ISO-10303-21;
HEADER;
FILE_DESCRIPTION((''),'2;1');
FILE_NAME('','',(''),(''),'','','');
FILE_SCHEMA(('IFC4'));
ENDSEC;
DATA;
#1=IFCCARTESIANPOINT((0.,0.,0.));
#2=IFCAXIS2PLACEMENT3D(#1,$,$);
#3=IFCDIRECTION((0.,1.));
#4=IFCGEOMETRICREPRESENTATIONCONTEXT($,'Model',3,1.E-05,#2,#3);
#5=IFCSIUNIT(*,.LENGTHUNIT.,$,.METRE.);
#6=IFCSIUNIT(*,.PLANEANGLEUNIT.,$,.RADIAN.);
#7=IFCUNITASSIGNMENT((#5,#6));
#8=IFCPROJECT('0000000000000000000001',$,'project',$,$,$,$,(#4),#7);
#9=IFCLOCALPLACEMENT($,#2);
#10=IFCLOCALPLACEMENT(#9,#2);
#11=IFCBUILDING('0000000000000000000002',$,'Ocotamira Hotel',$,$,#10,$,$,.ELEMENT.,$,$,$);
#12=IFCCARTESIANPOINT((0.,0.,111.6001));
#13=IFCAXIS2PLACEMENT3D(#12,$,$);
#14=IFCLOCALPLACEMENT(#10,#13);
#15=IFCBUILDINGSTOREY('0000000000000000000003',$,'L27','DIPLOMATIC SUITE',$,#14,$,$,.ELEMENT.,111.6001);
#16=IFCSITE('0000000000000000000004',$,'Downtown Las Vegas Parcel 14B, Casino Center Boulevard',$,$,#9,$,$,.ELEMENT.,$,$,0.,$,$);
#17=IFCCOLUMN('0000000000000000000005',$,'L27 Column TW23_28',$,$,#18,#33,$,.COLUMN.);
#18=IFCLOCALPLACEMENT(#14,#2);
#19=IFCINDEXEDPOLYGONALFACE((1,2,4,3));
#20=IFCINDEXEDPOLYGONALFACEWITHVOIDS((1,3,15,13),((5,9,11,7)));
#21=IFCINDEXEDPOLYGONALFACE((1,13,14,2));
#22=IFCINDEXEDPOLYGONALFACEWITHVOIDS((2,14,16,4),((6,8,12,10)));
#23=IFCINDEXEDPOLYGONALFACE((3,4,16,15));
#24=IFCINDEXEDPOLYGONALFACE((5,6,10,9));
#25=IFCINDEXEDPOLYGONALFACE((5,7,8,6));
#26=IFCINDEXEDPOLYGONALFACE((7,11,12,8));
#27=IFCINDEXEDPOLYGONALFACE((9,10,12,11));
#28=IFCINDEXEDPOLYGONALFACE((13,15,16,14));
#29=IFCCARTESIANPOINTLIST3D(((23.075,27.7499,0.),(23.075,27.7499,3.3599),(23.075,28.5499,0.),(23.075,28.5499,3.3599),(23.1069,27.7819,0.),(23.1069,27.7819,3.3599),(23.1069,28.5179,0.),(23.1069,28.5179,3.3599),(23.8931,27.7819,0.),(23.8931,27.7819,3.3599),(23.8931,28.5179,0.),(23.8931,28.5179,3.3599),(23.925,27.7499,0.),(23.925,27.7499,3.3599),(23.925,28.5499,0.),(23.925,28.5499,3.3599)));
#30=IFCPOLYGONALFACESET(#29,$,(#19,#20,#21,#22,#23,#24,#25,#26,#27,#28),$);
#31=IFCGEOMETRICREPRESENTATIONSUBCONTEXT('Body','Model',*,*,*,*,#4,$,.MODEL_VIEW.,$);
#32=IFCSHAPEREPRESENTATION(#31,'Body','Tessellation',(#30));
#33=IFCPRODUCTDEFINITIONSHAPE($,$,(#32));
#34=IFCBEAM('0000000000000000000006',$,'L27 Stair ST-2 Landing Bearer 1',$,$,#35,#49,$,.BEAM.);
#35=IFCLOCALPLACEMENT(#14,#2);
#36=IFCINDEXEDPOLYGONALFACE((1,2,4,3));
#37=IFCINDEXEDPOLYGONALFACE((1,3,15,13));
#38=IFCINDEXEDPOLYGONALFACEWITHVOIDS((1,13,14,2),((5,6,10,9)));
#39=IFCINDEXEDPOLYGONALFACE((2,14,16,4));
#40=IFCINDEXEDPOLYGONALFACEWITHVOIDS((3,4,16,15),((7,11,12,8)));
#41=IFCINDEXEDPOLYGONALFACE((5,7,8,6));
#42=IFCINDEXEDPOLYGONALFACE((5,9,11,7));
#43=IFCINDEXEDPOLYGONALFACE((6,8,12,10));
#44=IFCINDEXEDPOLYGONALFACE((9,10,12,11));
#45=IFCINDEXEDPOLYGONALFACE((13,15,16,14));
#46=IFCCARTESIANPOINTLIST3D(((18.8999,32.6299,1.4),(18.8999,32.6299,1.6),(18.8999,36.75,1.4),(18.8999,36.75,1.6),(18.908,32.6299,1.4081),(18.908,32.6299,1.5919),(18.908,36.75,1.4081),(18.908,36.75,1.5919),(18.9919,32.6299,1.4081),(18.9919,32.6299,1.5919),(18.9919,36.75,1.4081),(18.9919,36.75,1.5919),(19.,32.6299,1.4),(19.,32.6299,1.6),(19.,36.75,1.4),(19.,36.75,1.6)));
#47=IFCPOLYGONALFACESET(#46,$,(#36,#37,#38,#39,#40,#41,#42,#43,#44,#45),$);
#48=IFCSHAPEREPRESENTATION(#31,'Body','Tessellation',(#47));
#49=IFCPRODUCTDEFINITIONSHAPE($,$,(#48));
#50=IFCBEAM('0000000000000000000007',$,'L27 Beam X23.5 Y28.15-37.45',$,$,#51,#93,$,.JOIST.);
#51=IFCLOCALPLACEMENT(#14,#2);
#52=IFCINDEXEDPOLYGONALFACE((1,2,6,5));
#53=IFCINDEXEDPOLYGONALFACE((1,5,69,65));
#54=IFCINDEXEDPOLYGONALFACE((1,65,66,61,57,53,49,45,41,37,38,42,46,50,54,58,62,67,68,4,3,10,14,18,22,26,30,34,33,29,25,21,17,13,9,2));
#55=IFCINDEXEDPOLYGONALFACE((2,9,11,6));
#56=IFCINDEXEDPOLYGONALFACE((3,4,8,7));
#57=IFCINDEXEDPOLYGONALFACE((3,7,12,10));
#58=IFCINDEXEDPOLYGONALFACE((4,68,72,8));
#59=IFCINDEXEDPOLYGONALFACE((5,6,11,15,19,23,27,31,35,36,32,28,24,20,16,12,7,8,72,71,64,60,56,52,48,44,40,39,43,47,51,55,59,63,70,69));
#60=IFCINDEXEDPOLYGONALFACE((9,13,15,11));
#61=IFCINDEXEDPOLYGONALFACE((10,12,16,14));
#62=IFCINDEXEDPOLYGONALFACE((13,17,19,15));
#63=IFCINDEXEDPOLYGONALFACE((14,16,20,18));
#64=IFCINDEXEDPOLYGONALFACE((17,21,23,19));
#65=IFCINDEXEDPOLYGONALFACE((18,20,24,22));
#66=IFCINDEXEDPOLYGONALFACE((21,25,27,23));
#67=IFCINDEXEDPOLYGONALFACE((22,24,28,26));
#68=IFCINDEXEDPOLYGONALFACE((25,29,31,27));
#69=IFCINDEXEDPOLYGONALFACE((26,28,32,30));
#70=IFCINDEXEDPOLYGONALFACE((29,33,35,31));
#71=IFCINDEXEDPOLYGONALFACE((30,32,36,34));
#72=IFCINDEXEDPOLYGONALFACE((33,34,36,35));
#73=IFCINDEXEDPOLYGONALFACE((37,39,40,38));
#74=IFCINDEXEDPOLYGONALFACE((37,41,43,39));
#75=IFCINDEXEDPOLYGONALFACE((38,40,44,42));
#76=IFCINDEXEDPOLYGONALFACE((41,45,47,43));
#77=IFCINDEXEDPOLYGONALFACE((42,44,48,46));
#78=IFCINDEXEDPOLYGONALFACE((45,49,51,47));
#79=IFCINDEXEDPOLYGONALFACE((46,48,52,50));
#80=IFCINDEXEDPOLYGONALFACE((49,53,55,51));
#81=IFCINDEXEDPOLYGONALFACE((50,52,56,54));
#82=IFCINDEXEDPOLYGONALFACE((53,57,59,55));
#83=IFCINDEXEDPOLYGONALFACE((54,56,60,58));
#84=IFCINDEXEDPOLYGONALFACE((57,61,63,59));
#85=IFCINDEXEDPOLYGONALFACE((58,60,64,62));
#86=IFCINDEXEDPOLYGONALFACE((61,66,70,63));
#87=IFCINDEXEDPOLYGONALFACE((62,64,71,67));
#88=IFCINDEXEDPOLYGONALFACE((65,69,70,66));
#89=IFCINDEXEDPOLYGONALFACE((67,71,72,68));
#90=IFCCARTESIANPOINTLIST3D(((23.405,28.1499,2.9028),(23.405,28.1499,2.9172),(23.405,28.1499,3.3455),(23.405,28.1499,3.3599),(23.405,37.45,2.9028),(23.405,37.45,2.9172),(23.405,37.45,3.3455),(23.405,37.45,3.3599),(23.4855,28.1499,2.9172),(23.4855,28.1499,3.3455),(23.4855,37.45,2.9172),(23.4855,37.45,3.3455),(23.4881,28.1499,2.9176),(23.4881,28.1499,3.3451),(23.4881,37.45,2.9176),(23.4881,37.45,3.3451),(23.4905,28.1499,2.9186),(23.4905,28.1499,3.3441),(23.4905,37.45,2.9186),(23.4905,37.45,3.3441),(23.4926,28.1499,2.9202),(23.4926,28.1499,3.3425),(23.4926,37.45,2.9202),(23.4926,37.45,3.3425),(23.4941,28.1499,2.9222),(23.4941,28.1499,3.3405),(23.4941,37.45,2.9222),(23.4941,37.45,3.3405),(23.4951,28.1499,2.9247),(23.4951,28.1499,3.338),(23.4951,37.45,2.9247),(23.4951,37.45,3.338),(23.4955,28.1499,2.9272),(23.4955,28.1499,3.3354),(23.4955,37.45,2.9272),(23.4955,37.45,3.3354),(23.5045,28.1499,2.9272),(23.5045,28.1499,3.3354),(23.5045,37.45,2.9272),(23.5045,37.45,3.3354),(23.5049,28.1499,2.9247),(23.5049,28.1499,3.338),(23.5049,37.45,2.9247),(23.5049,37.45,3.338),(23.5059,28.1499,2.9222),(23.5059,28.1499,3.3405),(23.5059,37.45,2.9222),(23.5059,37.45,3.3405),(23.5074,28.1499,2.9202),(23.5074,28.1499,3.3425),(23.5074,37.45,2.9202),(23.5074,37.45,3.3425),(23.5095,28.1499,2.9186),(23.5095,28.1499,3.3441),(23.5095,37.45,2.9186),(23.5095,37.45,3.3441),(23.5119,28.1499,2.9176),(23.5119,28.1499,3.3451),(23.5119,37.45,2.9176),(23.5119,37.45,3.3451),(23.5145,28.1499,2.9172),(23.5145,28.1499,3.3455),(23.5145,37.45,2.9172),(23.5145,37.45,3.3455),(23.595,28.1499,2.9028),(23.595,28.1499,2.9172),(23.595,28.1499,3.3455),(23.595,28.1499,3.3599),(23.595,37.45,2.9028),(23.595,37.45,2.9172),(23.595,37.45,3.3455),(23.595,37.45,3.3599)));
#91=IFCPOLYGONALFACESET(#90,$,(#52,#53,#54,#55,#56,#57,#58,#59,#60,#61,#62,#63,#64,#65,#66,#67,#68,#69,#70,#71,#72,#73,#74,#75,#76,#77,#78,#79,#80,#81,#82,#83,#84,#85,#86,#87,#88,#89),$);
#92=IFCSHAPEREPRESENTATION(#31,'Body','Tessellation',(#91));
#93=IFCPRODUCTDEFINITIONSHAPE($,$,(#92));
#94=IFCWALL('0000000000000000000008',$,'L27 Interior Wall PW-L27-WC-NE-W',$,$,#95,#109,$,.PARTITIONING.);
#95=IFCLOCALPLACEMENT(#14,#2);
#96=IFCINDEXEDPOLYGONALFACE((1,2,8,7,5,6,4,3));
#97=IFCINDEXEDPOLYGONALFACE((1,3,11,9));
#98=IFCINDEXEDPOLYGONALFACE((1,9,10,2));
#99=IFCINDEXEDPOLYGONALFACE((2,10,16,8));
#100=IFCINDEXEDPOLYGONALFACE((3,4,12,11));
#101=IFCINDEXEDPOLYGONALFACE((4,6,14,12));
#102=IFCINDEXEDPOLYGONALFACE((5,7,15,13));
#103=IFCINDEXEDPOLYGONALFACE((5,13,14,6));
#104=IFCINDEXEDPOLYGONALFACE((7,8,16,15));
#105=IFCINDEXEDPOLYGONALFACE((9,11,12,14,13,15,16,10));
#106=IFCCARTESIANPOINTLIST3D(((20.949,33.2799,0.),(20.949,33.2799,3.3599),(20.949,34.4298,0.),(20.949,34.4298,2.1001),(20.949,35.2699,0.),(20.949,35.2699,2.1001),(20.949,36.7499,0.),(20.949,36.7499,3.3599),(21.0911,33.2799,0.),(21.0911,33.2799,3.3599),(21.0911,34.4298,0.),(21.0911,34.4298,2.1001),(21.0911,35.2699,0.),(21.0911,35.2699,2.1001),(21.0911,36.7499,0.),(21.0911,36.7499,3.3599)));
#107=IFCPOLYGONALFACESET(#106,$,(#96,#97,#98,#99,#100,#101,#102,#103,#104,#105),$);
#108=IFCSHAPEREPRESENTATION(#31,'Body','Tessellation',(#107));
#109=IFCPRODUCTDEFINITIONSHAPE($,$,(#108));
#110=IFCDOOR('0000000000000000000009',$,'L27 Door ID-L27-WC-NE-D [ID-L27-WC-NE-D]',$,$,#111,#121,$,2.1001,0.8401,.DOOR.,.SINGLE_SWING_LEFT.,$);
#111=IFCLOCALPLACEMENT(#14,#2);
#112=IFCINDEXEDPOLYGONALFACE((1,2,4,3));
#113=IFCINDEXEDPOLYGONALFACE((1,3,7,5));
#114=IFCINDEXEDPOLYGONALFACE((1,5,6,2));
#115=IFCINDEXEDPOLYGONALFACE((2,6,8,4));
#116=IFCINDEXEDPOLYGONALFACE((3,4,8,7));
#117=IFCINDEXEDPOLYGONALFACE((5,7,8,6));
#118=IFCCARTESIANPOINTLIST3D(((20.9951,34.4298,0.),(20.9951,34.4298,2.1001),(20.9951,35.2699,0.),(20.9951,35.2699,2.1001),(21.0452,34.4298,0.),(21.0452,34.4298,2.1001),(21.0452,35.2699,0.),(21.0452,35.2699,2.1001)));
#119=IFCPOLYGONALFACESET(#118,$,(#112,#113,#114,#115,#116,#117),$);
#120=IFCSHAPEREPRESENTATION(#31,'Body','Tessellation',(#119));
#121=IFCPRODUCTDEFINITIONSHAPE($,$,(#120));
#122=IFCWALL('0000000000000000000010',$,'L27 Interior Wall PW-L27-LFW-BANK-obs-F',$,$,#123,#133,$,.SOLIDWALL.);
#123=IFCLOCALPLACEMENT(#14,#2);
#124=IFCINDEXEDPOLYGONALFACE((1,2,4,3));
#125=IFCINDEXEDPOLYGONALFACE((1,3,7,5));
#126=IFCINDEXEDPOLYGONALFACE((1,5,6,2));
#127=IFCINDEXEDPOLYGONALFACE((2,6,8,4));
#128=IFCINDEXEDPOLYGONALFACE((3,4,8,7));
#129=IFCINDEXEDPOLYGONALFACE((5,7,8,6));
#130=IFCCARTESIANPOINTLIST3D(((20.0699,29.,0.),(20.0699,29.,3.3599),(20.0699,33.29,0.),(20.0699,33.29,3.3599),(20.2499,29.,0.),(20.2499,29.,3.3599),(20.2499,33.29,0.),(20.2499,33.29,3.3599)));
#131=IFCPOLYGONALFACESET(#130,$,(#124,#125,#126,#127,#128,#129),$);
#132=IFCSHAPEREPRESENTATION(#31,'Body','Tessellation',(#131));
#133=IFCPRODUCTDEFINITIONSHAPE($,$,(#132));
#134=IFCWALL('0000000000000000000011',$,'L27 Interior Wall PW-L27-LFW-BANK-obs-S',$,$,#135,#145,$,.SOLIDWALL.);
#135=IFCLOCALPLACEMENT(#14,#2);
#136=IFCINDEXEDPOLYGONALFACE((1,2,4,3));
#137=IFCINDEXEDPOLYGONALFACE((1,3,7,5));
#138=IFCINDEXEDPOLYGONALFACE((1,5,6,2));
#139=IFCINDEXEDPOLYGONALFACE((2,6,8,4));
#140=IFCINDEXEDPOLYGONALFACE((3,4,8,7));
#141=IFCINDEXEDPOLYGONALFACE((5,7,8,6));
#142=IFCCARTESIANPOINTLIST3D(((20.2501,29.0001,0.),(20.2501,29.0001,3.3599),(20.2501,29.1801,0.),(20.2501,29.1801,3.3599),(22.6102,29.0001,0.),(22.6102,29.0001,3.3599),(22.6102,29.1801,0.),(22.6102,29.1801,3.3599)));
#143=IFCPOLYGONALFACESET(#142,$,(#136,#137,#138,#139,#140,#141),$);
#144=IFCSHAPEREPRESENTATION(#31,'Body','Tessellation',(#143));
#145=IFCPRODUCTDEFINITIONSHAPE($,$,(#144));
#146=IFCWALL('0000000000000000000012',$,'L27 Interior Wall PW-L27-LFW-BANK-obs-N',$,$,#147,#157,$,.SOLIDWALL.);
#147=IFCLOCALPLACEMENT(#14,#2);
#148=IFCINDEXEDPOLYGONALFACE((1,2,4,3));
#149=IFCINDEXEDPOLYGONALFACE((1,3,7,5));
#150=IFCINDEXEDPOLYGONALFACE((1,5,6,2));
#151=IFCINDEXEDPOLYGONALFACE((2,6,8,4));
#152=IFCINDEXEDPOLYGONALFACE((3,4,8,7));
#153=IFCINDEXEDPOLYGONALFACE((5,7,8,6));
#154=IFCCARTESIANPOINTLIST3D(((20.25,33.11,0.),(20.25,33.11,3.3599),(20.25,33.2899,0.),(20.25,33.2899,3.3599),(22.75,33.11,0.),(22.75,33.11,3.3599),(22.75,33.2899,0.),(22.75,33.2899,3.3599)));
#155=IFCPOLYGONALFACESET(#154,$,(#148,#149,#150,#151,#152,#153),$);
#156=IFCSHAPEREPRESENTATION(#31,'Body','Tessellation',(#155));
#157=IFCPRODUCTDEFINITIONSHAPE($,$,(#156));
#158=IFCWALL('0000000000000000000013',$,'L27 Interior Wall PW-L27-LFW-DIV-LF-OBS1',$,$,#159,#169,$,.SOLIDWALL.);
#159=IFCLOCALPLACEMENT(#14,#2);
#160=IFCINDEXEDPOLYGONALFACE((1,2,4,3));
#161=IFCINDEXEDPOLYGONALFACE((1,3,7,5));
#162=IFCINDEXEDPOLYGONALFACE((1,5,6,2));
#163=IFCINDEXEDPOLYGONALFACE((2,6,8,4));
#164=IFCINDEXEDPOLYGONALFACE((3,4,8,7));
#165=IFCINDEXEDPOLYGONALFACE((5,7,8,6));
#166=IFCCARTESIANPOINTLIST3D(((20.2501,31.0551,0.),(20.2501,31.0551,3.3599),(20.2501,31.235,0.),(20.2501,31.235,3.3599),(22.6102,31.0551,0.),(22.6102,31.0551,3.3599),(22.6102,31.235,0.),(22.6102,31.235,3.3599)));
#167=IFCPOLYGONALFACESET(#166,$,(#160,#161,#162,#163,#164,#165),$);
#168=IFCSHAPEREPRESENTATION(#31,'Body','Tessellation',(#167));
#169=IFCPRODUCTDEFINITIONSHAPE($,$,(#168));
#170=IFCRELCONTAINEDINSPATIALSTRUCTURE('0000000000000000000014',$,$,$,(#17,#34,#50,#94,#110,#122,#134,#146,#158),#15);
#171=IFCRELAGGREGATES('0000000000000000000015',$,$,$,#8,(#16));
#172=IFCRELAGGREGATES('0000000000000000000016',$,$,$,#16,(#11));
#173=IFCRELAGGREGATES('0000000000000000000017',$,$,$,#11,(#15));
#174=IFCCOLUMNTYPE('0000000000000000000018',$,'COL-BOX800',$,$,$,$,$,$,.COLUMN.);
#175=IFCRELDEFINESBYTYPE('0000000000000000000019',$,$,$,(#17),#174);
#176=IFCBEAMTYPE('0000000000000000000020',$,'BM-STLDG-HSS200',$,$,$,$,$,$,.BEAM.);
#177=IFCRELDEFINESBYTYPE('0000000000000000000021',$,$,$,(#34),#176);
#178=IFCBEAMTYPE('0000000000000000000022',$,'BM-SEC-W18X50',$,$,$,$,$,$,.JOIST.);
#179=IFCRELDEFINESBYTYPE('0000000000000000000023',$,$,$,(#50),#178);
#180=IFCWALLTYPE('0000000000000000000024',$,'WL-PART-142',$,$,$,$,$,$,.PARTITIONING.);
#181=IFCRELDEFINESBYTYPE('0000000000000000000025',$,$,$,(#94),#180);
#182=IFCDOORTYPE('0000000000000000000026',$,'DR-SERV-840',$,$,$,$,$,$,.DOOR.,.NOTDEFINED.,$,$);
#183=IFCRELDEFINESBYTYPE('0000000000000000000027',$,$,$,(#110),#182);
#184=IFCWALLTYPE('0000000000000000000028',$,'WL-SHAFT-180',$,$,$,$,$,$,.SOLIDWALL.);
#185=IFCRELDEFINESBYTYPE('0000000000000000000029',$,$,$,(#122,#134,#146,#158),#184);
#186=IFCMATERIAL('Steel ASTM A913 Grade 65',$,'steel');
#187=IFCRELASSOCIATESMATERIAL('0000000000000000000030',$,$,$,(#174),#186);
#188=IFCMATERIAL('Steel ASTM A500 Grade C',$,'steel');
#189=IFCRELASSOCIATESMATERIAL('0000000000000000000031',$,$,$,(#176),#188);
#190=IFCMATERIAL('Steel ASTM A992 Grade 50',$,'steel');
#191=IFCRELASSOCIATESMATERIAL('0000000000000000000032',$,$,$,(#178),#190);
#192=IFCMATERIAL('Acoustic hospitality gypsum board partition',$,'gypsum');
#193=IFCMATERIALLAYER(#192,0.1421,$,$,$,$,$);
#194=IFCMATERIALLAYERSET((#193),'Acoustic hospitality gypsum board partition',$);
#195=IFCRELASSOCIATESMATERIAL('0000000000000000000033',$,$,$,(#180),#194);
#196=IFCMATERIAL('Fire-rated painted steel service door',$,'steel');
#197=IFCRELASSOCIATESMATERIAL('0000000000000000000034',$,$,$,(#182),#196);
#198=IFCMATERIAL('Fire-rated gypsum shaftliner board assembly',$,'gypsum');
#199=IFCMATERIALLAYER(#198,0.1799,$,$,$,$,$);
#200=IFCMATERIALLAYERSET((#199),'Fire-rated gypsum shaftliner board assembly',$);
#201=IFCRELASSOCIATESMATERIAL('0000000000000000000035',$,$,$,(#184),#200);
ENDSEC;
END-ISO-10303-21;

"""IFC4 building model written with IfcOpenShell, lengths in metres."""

from ifc_helpers import new_model, si_unit, direction, frame, frame_2d, origin, origin_2d, place, context, subcontext, project, spatial, rectangle, hollow_rectangle, i_section, extrude, source, transform, mapped, material, layer, layer_set, material_profile, profile_set, type_object, element, fill, save


model = new_model("IFC4")

# Units and contexts
model_context = context("Model", 3, precision=1e-05, world=origin(), true_north=direction((0.0, 1.0)))
body_context = subcontext(model_context, "Body", "Model", "MODEL_VIEW")
ifc_project = project(units=[si_unit("LENGTHUNIT", "METRE"), si_unit("PLANEANGLEUNIT", "RADIAN")], contexts=[model_context])

# Site, building, storey
site_placement = place(None, origin())
site = spatial("IfcSite", under=ifc_project, at=site_placement, Name="Downtown Las Vegas Parcel 14B, Casino Center Boulevard", CompositionType="ELEMENT", RefElevation=0.0)
building_placement = place(site_placement, origin())
building = spatial("IfcBuilding", under=site, at=building_placement, Name="Ocotamira Hotel", CompositionType="ELEMENT")
storey_placement = place(building_placement, frame((0.0, 0.0, 111.6001)))
storey = spatial("IfcBuildingStorey", under=building, at=storey_placement, Name="L27", Description="DIPLOMATIC SUITE", CompositionType="ELEMENT", Elevation=111.6001)

# Column
ifc_material_1 = material(Name="Steel ASTM A913 Grade 65", Category="steel")
ifc_material_profile_1 = material_profile(ifc_material_1, hollow_rectangle(XDim=0.8501, YDim=0.8, WallThickness=0.032, at=origin_2d()), Name="BOX800X850X32")
ifc_profile_set_1 = profile_set([ifc_material_profile_1], Name="Steel ASTM A913 Grade 65")
column_type = type_object("IfcColumnType", Name="COL-BOX800", PredefinedType="COLUMN", material=ifc_profile_set_1)
shared_shape_1 = source(origin(), body_context, "Body", "SweptSolid", [
    extrude(hollow_rectangle(XDim=0.8501, YDim=0.8, WallThickness=0.032, at=origin_2d()), origin(), (0.0, 0.0, 1.0), 3.3599),
])
column_placement = place(storey_placement, frame((23.5, 28.1499, 0.0), z_axis=(0.0, 0.0, 1.0), x_axis=(1.0, 0.0, 0.0)))
element("IfcColumn", 1, at=column_placement, inside=storey, type_object=column_type, Name="L27 Column TW23_28", PredefinedType="COLUMN", context=body_context, shape_type="MappedRepresentation", body=[
    mapped(shared_shape_1, transform((0.0, 0.0, 0.0), scale=1.0)),
])

# Beams
ifc_material_2 = material(Name="Steel ASTM A500 Grade C", Category="steel")
ifc_material_profile_2 = material_profile(ifc_material_2, hollow_rectangle(XDim=0.1001, YDim=0.2, WallThickness=0.0081, at=origin_2d()), Name="HSS200X100X8")
ifc_profile_set_2 = profile_set([ifc_material_profile_2], Name="Steel ASTM A500 Grade C")
beam_type_1 = type_object("IfcBeamType", Name="BM-STLDG-HSS200", PredefinedType="BEAM", material=ifc_profile_set_2)
shared_shape_2 = source(origin(), body_context, "Body", "SweptSolid", [
    extrude(hollow_rectangle(XDim=0.1001, YDim=0.2, WallThickness=0.0081, at=origin_2d()), origin(), (0.0, 0.0, 1.0), 4.1201),
])
beam_1_placement = place(storey_placement, frame((18.95, 32.6299, 1.5), z_axis=(0.0, 1.0, 0.0), x_axis=(-1.0, 0.0, 0.0)))
element("IfcBeam", 2, at=beam_1_placement, inside=storey, type_object=beam_type_1, Name="L27 Stair ST-2 Landing Bearer 1", PredefinedType="BEAM", context=body_context, shape_type="MappedRepresentation", body=[
    mapped(shared_shape_2, transform((0.0, 0.0, 0.0), scale=1.0)),
])
ifc_material_3 = material(Name="Steel ASTM A992 Grade 50", Category="steel")
ifc_material_profile_3 = material_profile(ifc_material_3, i_section(OverallWidth=0.1899, OverallDepth=0.457, WebThickness=0.009, FlangeThickness=0.0144, FilletRadius=0.01, at=origin_2d()), Name="W18X50")
ifc_profile_set_3 = profile_set([ifc_material_profile_3], Name="Steel ASTM A992 Grade 50")
beam_type_2 = type_object("IfcBeamType", Name="BM-SEC-W18X50", PredefinedType="JOIST", material=ifc_profile_set_3)
shared_shape_3 = source(origin(), body_context, "Body", "SweptSolid", [
    extrude(i_section(OverallWidth=0.1899, OverallDepth=0.457, WebThickness=0.009, FlangeThickness=0.0144, FilletRadius=0.01, at=origin_2d()), origin(), (0.0, 0.0, 1.0), 9.3),
])
beam_2_placement = place(storey_placement, frame((23.5, 28.1499, 3.1313), z_axis=(0.0, 1.0, 0.0), x_axis=(-1.0, 0.0, 0.0)))
element("IfcBeam", 3, at=beam_2_placement, inside=storey, type_object=beam_type_2, Name="L27 Beam X23.5 Y28.15-37.45", PredefinedType="JOIST", context=body_context, shape_type="MappedRepresentation", body=[
    mapped(shared_shape_3, transform((0.0, 0.0, 0.0), scale=1.0)),
])

# Wall, opening, door
ifc_material_4 = material(Name="Acoustic hospitality gypsum board partition", Category="gypsum")
ifc_layer_1 = layer(ifc_material_4, 0.1421)
ifc_layer_set_1 = layer_set([ifc_layer_1], Name="Acoustic hospitality gypsum board partition")
wall_type_1 = type_object("IfcWallType", Name="WL-PART-142", PredefinedType="PARTITIONING", material=ifc_layer_set_1)
wall_1_placement = place(storey_placement, frame((21.02, 33.28, 0.0), z_axis=(0.0, 0.0, 1.0), x_axis=(0.0, 1.0, 0.0)))
wall_1 = element("IfcWall", 4, at=wall_1_placement, inside=storey, type_object=wall_type_1, Name="L27 Interior Wall PW-L27-WC-NE-W", PredefinedType="PARTITIONING", context=body_context, shape_type="SweptSolid", body=[
    extrude(rectangle(XDim=3.47, YDim=0.1421, at=frame_2d((1.7349, 0.0))), origin(), (0.0, 0.0, 1.0), 3.3599),
])
opening_1_placement = place(wall_1_placement, frame((1.1499, 0.0, 0.0)))
opening_1 = element("IfcOpeningElement", 5, at=opening_1_placement, cuts=wall_1, PredefinedType="OPENING", context=body_context, shape_type="SweptSolid", body=[
    extrude(rectangle(XDim=0.8401, YDim=2.1001, at=frame_2d((0.4199, 1.05))), frame((0.0, 0.0811, 0.0), z_axis=(0.0, -1.0, 0.0), x_axis=(1.0, 0.0, 0.0)), (0.0, 0.0, 1.0), 0.1621),
])
ifc_material_5 = material(Name="Fire-rated painted steel service door", Category="steel")
door_type_1 = type_object("IfcDoorType", Name="DR-SERV-840", OperationType="NOTDEFINED", PredefinedType="DOOR", material=ifc_material_5)
shared_shape_4 = source(origin(), body_context, "Body", "SweptSolid", [
    extrude(rectangle(XDim=0.8401, YDim=2.1001, at=frame_2d((0.4199, 1.05))), frame((0.0, 0.0249, 0.0), z_axis=(0.0, -1.0, 0.0), x_axis=(1.0, 0.0, 0.0)), (0.0, 0.0, 1.0), 0.05),
])
door_1_placement = place(opening_1_placement, origin())
door_1 = element("IfcDoor", 6, at=door_1_placement, inside=storey, type_object=door_type_1, Name="L27 Door ID-L27-WC-NE-D [ID-L27-WC-NE-D]", OperationType="SINGLE_SWING_LEFT", OverallHeight=2.1001, OverallWidth=0.8401, PredefinedType="DOOR", context=body_context, shape_type="MappedRepresentation", body=[
    mapped(shared_shape_4, transform((0.0, 0.0, 0.0), scale=1.0)),
])
fill(opening_1, door_1)

# Walls
ifc_material_6 = material(Name="Fire-rated gypsum shaftliner board assembly", Category="gypsum")
ifc_layer_2 = layer(ifc_material_6, 0.1799)
ifc_layer_set_2 = layer_set([ifc_layer_2], Name="Fire-rated gypsum shaftliner board assembly")
wall_type_2 = type_object("IfcWallType", Name="WL-SHAFT-180", PredefinedType="SOLIDWALL", material=ifc_layer_set_2)
wall_2_placement = place(storey_placement, frame((20.1599, 29.0, 0.0), z_axis=(0.0, 0.0, 1.0), x_axis=(0.0, 1.0, 0.0)))
element("IfcWall", 7, at=wall_2_placement, inside=storey, type_object=wall_type_2, Name="L27 Interior Wall PW-L27-LFW-BANK-obs-F", PredefinedType="SOLIDWALL", context=body_context, shape_type="SweptSolid", body=[
    extrude(rectangle(XDim=4.29, YDim=0.1799, at=frame_2d((2.145, 0.0))), origin(), (0.0, 0.0, 1.0), 3.3599),
])
wall_3_placement = place(storey_placement, frame((20.25, 29.0901, 0.0), z_axis=(0.0, 0.0, 1.0), x_axis=(1.0, 0.0, 0.0)))
element("IfcWall", 8, at=wall_3_placement, inside=storey, type_object=wall_type_2, Name="L27 Interior Wall PW-L27-LFW-BANK-obs-S", PredefinedType="SOLIDWALL", context=body_context, shape_type="SweptSolid", body=[
    extrude(rectangle(XDim=2.3601, YDim=0.1799, at=frame_2d((1.1802, 0.0))), origin(), (0.0, 0.0, 1.0), 3.3599),
])
wall_4_placement = place(storey_placement, frame((20.25, 33.2, 0.0), z_axis=(0.0, 0.0, 1.0), x_axis=(1.0, 0.0, 0.0)))
element("IfcWall", 9, at=wall_4_placement, inside=storey, type_object=wall_type_2, Name="L27 Interior Wall PW-L27-LFW-BANK-obs-N", PredefinedType="SOLIDWALL", context=body_context, shape_type="SweptSolid", body=[
    extrude(rectangle(XDim=2.5, YDim=0.1799, at=frame_2d((1.25, 0.0))), origin(), (0.0, 0.0, 1.0), 3.3599),
])
wall_5_placement = place(storey_placement, frame((20.25, 31.145, 0.0), z_axis=(0.0, 0.0, 1.0), x_axis=(1.0, 0.0, 0.0)))
element("IfcWall", 10, at=wall_5_placement, inside=storey, type_object=wall_type_2, Name="L27 Interior Wall PW-L27-LFW-DIV-LF-OBS1", PredefinedType="SOLIDWALL", context=body_context, shape_type="SweptSolid", body=[
    extrude(rectangle(XDim=2.3601, YDim=0.1799, at=frame_2d((1.1802, 0.0))), origin(), (0.0, 0.0, 1.0), 3.3599),
])

save(model, "model.ifc")
